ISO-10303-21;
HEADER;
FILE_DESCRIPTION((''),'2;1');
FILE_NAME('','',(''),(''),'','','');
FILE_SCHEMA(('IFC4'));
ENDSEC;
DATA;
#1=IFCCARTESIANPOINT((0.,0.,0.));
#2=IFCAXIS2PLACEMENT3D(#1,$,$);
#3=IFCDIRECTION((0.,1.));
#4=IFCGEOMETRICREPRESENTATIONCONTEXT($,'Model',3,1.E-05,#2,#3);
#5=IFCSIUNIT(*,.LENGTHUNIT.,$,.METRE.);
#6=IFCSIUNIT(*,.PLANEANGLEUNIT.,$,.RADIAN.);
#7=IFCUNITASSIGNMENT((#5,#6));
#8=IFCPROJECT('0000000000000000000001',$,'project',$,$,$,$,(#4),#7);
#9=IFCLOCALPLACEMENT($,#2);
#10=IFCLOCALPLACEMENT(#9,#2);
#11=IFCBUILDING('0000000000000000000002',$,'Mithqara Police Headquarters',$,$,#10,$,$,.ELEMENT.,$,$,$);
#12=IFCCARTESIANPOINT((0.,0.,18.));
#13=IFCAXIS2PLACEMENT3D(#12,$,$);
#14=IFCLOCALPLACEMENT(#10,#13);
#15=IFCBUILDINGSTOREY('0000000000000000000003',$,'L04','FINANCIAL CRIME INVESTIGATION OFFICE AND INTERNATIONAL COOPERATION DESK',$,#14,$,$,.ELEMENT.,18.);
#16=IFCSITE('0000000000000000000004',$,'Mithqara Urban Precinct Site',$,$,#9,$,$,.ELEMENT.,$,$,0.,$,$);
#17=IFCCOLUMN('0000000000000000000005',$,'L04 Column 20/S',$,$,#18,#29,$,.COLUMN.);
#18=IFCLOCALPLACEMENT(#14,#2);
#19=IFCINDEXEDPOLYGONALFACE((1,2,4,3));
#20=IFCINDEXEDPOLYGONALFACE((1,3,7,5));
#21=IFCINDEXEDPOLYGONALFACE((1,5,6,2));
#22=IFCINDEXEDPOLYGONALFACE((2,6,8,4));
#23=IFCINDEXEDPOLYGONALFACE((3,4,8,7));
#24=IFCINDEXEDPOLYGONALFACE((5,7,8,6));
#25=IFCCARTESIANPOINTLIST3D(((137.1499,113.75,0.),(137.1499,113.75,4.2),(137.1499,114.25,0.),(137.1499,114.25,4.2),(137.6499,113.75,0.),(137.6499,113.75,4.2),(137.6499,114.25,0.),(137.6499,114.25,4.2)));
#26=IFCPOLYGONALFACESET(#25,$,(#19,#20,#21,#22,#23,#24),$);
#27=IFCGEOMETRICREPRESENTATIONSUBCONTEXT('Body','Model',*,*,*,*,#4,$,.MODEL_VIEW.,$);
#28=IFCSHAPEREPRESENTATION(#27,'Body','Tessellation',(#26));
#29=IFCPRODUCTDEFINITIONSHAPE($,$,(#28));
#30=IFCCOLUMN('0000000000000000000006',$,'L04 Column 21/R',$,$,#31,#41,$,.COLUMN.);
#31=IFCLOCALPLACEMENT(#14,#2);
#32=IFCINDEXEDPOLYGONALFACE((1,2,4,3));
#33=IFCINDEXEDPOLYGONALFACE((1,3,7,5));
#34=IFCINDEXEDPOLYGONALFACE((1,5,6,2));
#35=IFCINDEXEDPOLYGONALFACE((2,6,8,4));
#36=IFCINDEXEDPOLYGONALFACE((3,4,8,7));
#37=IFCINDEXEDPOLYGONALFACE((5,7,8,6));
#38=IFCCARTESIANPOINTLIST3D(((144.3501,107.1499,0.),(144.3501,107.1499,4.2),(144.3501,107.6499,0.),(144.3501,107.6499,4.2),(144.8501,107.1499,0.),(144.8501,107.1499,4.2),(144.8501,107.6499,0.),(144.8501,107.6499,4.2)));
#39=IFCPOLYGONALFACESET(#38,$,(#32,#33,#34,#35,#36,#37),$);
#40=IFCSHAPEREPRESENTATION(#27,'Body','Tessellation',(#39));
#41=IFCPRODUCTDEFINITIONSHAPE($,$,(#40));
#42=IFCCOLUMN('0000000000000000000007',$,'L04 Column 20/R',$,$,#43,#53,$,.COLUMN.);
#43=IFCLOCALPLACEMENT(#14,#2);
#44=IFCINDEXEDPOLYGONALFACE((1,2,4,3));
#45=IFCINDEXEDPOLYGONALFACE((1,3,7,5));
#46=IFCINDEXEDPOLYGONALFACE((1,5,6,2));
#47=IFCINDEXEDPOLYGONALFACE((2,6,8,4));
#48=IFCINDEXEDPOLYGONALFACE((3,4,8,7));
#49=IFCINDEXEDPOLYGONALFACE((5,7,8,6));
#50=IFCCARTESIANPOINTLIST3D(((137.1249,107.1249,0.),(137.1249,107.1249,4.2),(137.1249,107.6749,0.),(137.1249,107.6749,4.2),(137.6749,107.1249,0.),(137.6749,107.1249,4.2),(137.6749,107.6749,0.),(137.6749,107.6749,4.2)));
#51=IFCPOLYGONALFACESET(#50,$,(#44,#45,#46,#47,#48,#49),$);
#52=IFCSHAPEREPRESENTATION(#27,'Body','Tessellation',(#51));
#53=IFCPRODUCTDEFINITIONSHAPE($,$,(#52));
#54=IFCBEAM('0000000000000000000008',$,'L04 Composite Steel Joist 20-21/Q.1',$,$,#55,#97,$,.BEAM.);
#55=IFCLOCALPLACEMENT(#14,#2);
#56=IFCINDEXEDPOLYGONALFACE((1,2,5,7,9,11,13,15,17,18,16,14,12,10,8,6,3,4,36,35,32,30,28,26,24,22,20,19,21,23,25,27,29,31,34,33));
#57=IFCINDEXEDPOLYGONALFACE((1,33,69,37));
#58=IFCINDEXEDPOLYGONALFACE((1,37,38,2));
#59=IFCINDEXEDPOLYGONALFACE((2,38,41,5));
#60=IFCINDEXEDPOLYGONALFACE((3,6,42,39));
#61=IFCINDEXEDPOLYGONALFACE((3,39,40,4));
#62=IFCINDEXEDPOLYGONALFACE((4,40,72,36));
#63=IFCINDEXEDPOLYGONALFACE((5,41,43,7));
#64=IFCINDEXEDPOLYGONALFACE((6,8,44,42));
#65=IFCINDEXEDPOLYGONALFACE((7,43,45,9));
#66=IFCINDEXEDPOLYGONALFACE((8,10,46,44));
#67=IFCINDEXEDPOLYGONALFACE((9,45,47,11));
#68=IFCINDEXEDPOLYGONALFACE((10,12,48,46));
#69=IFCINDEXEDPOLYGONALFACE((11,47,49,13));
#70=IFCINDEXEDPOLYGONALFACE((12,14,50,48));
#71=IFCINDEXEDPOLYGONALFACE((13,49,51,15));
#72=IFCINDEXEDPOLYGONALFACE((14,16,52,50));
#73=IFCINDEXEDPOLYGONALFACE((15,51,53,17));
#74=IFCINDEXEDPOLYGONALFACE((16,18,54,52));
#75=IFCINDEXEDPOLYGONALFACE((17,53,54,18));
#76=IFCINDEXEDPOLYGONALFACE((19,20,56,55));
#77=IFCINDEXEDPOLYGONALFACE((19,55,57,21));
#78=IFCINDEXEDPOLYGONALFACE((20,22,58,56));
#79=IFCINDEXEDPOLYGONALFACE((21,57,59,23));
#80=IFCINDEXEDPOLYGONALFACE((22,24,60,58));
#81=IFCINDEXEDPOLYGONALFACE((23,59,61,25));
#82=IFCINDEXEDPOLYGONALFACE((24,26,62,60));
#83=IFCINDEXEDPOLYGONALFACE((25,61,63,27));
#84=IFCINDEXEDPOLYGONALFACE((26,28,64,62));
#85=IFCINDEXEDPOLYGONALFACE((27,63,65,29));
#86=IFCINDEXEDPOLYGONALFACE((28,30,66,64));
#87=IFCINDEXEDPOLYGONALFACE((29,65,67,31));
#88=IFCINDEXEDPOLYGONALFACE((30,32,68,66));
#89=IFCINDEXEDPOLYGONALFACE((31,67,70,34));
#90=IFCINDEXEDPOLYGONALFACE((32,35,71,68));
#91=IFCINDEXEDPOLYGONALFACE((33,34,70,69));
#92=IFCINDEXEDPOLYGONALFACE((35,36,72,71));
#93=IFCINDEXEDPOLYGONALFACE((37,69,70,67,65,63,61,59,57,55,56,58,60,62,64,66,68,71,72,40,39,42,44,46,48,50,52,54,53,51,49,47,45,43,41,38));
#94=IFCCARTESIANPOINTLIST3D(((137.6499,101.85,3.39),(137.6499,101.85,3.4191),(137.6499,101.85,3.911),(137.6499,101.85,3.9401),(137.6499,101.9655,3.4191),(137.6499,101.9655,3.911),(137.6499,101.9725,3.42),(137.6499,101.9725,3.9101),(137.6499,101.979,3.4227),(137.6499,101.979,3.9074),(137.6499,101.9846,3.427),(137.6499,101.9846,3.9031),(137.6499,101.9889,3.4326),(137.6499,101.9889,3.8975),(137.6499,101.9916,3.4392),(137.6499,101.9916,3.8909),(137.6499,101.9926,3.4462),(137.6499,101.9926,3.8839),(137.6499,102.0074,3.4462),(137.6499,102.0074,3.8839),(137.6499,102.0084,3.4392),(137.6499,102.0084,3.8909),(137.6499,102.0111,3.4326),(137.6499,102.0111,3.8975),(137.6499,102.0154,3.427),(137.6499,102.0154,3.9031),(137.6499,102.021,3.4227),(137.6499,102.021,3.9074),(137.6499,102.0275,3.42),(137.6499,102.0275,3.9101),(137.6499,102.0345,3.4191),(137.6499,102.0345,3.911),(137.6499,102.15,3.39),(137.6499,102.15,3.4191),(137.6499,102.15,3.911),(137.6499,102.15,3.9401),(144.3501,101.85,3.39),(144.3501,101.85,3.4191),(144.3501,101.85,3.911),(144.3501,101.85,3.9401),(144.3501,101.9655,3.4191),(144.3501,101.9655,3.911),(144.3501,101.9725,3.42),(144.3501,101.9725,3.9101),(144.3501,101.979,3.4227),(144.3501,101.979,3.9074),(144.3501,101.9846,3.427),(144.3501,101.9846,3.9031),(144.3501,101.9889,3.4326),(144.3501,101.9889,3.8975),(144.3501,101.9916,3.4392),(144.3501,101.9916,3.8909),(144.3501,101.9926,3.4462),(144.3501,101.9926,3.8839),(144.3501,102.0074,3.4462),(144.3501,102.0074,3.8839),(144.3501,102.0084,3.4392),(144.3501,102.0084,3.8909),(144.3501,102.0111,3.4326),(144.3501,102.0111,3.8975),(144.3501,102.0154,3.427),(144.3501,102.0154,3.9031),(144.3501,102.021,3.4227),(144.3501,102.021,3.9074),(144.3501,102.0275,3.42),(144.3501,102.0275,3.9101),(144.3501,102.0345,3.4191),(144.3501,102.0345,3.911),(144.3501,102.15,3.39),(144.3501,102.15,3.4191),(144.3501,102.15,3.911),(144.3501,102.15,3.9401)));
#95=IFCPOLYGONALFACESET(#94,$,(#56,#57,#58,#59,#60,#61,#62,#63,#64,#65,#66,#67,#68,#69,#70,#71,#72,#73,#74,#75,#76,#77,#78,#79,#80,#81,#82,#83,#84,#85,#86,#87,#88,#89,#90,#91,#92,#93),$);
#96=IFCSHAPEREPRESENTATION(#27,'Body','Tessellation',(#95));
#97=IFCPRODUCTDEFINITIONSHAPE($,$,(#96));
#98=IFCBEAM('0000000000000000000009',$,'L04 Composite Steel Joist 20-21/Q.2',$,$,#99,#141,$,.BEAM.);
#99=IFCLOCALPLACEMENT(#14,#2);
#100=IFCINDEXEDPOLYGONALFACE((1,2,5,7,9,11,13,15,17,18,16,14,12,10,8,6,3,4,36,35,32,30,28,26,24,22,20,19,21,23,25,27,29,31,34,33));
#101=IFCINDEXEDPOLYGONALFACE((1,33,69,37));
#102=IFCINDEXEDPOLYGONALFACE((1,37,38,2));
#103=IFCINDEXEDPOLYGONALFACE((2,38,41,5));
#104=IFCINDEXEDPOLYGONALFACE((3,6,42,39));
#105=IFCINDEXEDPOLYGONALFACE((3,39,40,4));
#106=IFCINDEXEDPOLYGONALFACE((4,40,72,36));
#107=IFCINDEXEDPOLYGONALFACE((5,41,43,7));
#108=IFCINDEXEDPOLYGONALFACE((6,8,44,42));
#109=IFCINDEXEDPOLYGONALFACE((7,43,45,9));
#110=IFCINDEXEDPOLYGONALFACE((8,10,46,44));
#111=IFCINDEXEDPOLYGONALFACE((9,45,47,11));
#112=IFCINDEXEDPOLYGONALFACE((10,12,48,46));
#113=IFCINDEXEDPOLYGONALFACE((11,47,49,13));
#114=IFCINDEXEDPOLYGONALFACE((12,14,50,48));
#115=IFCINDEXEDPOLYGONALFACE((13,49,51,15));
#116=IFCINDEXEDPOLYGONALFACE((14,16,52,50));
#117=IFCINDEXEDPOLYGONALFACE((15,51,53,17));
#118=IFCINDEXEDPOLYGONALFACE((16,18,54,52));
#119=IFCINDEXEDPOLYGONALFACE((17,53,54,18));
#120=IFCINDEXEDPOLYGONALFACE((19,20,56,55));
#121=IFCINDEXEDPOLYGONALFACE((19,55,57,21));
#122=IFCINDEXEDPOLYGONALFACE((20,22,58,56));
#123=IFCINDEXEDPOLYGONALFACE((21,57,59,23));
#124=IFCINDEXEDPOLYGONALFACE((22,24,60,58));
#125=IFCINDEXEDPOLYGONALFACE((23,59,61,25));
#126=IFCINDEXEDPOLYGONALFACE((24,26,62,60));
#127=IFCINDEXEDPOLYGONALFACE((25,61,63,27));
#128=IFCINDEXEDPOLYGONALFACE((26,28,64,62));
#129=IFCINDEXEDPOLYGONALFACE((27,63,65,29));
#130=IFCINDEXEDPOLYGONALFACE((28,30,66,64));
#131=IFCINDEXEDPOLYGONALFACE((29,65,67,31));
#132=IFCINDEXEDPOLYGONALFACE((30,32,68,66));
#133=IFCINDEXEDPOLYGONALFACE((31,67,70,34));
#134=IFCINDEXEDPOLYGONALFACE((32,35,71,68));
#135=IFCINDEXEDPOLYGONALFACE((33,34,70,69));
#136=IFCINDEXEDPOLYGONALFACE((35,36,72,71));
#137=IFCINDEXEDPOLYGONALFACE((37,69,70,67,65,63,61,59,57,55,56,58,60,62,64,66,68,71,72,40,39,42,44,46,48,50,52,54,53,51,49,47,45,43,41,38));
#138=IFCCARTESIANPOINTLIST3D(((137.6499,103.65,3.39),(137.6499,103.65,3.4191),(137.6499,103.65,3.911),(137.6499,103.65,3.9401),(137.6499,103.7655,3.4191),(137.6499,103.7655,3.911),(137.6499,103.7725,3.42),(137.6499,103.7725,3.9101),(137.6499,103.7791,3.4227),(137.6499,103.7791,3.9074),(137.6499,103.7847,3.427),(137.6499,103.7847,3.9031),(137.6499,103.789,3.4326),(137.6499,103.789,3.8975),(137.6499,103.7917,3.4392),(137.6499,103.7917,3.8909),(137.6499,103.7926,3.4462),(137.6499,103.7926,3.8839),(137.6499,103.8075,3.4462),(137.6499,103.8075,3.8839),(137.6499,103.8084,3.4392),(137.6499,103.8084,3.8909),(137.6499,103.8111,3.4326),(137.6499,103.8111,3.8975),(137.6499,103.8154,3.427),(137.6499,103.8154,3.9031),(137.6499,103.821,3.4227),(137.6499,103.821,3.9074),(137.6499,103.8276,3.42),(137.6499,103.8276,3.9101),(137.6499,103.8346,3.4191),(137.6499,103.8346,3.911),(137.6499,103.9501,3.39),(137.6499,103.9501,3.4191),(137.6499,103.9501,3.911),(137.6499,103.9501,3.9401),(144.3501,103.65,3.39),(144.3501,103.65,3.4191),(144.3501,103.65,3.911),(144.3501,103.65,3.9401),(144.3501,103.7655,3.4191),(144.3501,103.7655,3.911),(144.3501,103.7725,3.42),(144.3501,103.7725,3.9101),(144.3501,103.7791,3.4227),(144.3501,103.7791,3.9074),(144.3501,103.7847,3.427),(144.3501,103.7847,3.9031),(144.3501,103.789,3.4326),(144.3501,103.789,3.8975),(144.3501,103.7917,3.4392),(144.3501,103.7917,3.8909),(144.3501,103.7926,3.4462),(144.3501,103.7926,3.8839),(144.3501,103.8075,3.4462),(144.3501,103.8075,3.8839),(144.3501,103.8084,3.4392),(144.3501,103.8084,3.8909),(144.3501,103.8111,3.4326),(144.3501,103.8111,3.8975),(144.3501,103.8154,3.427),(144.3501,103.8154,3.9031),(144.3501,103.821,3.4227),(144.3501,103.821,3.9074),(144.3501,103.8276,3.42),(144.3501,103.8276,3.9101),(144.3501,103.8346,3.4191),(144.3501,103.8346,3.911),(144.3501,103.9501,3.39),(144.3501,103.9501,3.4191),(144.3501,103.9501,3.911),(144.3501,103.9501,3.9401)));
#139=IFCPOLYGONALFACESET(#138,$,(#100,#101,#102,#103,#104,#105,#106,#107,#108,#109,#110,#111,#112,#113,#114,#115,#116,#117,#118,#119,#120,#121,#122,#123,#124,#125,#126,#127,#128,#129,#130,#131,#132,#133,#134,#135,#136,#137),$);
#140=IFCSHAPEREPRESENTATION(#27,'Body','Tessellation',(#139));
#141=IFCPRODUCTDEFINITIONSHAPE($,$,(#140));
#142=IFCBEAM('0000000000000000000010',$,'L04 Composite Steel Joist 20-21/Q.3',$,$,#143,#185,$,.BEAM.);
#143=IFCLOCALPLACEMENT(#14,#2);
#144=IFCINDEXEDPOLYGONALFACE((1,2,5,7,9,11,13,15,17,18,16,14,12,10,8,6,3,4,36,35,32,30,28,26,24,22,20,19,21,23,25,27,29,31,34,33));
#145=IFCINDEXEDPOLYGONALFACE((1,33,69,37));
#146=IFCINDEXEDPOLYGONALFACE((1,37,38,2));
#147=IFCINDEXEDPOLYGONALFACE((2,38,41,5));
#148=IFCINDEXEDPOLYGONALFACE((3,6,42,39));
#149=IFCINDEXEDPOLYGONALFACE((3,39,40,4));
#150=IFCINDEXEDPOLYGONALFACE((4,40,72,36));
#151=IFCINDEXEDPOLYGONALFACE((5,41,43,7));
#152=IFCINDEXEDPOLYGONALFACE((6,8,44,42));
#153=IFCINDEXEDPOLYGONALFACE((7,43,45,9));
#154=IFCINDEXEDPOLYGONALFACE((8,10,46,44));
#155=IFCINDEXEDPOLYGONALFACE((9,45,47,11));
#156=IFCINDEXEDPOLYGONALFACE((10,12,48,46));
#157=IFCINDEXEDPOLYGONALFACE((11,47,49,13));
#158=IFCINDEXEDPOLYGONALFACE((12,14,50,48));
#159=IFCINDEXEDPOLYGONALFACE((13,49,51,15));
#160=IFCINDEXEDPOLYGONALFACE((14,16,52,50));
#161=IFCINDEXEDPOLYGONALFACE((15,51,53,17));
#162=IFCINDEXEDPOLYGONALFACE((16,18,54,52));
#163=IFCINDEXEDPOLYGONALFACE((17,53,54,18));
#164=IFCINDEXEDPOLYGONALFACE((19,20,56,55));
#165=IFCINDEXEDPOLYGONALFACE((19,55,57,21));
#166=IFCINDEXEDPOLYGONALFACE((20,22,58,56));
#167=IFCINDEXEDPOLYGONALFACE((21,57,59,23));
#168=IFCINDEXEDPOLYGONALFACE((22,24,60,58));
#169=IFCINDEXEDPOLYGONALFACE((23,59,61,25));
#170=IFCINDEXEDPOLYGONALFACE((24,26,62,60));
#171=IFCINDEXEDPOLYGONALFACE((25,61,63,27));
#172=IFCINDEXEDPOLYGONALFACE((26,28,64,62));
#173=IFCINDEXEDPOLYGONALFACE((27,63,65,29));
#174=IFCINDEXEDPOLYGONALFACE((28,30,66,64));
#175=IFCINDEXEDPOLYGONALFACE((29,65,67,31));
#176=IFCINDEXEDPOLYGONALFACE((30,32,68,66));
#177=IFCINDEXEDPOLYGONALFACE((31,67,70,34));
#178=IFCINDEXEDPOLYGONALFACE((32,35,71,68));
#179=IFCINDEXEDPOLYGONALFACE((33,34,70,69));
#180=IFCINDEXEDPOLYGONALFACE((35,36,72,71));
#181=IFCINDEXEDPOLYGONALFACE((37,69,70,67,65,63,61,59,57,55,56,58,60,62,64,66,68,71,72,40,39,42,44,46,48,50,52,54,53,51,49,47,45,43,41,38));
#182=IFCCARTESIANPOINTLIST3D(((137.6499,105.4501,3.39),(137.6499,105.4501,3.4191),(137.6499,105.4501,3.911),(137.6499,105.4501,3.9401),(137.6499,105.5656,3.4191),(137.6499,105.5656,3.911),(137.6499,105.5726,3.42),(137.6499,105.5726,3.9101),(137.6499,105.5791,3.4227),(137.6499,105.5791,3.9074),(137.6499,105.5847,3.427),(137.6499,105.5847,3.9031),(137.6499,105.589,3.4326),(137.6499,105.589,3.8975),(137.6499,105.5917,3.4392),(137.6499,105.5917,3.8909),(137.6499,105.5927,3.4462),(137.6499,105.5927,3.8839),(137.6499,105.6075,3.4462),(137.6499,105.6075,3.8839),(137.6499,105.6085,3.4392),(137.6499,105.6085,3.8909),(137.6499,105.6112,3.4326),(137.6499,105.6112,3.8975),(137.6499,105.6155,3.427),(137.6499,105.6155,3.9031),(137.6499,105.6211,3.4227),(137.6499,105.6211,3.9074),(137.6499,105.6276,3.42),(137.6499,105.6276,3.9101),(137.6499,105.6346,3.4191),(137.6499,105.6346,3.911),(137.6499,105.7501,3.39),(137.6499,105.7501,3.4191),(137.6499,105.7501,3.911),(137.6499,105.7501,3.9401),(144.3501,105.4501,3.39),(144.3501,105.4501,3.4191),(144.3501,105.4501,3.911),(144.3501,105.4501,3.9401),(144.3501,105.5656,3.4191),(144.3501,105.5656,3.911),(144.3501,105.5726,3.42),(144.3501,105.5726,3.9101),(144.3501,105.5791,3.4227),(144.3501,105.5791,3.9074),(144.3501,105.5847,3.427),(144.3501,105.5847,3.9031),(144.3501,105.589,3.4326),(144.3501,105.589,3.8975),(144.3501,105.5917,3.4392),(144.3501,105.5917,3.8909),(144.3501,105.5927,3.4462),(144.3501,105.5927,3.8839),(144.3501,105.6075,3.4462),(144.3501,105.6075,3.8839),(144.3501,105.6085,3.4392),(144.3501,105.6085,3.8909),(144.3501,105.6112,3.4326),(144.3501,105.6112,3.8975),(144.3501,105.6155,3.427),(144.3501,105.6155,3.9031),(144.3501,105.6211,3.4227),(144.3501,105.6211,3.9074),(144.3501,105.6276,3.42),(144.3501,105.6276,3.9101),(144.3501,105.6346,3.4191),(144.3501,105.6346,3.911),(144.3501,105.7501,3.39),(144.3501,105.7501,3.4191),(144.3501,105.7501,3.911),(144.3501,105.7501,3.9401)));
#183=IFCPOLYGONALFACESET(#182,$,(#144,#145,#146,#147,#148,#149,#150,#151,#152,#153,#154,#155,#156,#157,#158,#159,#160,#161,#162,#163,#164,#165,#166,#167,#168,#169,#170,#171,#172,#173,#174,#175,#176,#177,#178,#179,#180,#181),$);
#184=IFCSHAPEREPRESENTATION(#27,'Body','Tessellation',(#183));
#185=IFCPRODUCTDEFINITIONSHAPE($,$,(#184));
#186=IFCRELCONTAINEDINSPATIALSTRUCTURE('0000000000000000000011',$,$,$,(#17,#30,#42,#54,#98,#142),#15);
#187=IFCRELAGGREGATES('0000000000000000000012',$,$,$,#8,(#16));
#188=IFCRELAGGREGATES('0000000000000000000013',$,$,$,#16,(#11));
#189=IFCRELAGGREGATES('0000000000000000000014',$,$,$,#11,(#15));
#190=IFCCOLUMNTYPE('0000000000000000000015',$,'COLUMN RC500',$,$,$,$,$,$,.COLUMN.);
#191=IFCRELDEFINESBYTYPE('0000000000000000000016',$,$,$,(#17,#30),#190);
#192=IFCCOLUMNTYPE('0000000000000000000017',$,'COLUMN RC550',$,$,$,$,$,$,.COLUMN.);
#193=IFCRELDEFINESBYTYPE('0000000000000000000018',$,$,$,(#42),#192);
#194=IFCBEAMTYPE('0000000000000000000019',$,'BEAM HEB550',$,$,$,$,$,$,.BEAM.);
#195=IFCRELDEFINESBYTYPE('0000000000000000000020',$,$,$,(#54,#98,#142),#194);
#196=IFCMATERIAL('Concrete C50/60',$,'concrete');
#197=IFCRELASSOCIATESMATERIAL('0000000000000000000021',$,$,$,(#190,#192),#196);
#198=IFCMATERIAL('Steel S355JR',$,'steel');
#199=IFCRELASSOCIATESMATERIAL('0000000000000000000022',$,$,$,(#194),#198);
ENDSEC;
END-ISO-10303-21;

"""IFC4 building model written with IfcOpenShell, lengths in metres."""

from ifc_helpers import new_model, si_unit, direction, frame, origin, origin_2d, place, context, subcontext, project, spatial, rectangle, i_section, extrude, material, material_profile, profile_set, type_object, element, save


model = new_model("IFC4")

# Units and contexts
model_context = context("Model", 3, precision=1e-05, world=origin(), true_north=direction((0.0, 1.0)))
body_context = subcontext(model_context, "Body", "Model", "MODEL_VIEW")
ifc_project = project(units=[si_unit("LENGTHUNIT", "METRE"), si_unit("PLANEANGLEUNIT", "RADIAN")], contexts=[model_context])

# Site, building, storey
site_placement = place(None, origin())
site = spatial("IfcSite", under=ifc_project, at=site_placement, Name="Mithqara Urban Precinct Site", CompositionType="ELEMENT", RefElevation=0.0)
building_placement = place(site_placement, origin())
building = spatial("IfcBuilding", under=site, at=building_placement, Name="Mithqara Police Headquarters", CompositionType="ELEMENT")
storey_placement = place(building_placement, frame((0.0, 0.0, 18.0)))
storey = spatial("IfcBuildingStorey", under=building, at=storey_placement, Name="L04", Description="FINANCIAL CRIME INVESTIGATION OFFICE AND INTERNATIONAL COOPERATION DESK", CompositionType="ELEMENT", Elevation=18.0)

# Columns
ifc_material_1 = material(Name="Concrete C50/60", Category="concrete")
ifc_material_profile_1 = material_profile(ifc_material_1, rectangle(XDim=0.5, YDim=0.5, at=origin_2d()), Name="RC 500x500")
ifc_profile_set_1 = profile_set([ifc_material_profile_1], Name="Concrete C50/60")
column_type_1 = type_object("IfcColumnType", Name="COLUMN RC500", PredefinedType="COLUMN", material=ifc_profile_set_1)
for number, where, z_axis, x_axis, name in (
    (1, (137.3999, 114.0, 0.0), (0.0, 0.0, 1.0), (1.0, 0.0, 0.0), "L04 Column 20/S"),
    (2, (144.6001, 107.3999, 0.0), (0.0, 0.0, 1.0), (1.0, 0.0, 0.0), "L04 Column 21/R"),
):
    element("IfcColumn", number, at=place(storey_placement, frame(where, z_axis=z_axis, x_axis=x_axis)), inside=storey, type_object=column_type_1, Name=name, PredefinedType="COLUMN", context=body_context, shape_type="SweptSolid", body=[
        extrude(rectangle(XDim=0.5, YDim=0.5, at=origin_2d()), origin(), (0.0, 0.0, 1.0), 4.2),
    ])
ifc_material_profile_2 = material_profile(ifc_material_1, rectangle(XDim=0.55, YDim=0.55, at=origin_2d()), Name="RC 550x550")
ifc_profile_set_2 = profile_set([ifc_material_profile_2], Name="Concrete C50/60")
column_type_2 = type_object("IfcColumnType", Name="COLUMN RC550", PredefinedType="COLUMN", material=ifc_profile_set_2)
column_placement = place(storey_placement, frame((137.3999, 107.3999, 0.0), z_axis=(0.0, 0.0, 1.0), x_axis=(1.0, 0.0, 0.0)))
element("IfcColumn", 3, at=column_placement, inside=storey, type_object=column_type_2, Name="L04 Column 20/R", PredefinedType="COLUMN", context=body_context, shape_type="SweptSolid", body=[
    extrude(rectangle(XDim=0.55, YDim=0.55, at=origin_2d()), origin(), (0.0, 0.0, 1.0), 4.2),
])

# Beams
ifc_material_2 = material(Name="Steel S355JR", Category="steel")
ifc_material_profile_3 = material_profile(ifc_material_2, i_section(OverallWidth=0.3, OverallDepth=0.55, WebThickness=0.0149, FlangeThickness=0.0291, FilletRadius=0.0271, at=origin_2d()), Name="HEB 550")
ifc_profile_set_3 = profile_set([ifc_material_profile_3], Name="Steel S355JR")
beam_type_1 = type_object("IfcBeamType", Name="BEAM HEB550", PredefinedType="BEAM", material=ifc_profile_set_3)
for number, where, z_axis, x_axis, name in (
    (4, (137.6499, 102.0, 3.665), (1.0, 0.0, 0.0), (0.0, 1.0, 0.0), "L04 Composite Steel Joist 20-21/Q.1"),
    (5, (137.6499, 103.8, 3.665), (1.0, 0.0, 0.0), (0.0, 1.0, 0.0), "L04 Composite Steel Joist 20-21/Q.2"),
    (6, (137.6499, 105.6001, 3.665), (1.0, 0.0, 0.0), (0.0, 1.0, 0.0), "L04 Composite Steel Joist 20-21/Q.3"),
):
    element("IfcBeam", number, at=place(storey_placement, frame(where, z_axis=z_axis, x_axis=x_axis)), inside=storey, type_object=beam_type_1, Name=name, PredefinedType="BEAM", context=body_context, shape_type="SweptSolid", body=[
        extrude(i_section(OverallWidth=0.3, OverallDepth=0.55, WebThickness=0.0149, FlangeThickness=0.0291, FilletRadius=0.0271, at=origin_2d()), origin(), (0.0, 0.0, 1.0), 6.7002),
    ])

save(model, "model.ifc")
